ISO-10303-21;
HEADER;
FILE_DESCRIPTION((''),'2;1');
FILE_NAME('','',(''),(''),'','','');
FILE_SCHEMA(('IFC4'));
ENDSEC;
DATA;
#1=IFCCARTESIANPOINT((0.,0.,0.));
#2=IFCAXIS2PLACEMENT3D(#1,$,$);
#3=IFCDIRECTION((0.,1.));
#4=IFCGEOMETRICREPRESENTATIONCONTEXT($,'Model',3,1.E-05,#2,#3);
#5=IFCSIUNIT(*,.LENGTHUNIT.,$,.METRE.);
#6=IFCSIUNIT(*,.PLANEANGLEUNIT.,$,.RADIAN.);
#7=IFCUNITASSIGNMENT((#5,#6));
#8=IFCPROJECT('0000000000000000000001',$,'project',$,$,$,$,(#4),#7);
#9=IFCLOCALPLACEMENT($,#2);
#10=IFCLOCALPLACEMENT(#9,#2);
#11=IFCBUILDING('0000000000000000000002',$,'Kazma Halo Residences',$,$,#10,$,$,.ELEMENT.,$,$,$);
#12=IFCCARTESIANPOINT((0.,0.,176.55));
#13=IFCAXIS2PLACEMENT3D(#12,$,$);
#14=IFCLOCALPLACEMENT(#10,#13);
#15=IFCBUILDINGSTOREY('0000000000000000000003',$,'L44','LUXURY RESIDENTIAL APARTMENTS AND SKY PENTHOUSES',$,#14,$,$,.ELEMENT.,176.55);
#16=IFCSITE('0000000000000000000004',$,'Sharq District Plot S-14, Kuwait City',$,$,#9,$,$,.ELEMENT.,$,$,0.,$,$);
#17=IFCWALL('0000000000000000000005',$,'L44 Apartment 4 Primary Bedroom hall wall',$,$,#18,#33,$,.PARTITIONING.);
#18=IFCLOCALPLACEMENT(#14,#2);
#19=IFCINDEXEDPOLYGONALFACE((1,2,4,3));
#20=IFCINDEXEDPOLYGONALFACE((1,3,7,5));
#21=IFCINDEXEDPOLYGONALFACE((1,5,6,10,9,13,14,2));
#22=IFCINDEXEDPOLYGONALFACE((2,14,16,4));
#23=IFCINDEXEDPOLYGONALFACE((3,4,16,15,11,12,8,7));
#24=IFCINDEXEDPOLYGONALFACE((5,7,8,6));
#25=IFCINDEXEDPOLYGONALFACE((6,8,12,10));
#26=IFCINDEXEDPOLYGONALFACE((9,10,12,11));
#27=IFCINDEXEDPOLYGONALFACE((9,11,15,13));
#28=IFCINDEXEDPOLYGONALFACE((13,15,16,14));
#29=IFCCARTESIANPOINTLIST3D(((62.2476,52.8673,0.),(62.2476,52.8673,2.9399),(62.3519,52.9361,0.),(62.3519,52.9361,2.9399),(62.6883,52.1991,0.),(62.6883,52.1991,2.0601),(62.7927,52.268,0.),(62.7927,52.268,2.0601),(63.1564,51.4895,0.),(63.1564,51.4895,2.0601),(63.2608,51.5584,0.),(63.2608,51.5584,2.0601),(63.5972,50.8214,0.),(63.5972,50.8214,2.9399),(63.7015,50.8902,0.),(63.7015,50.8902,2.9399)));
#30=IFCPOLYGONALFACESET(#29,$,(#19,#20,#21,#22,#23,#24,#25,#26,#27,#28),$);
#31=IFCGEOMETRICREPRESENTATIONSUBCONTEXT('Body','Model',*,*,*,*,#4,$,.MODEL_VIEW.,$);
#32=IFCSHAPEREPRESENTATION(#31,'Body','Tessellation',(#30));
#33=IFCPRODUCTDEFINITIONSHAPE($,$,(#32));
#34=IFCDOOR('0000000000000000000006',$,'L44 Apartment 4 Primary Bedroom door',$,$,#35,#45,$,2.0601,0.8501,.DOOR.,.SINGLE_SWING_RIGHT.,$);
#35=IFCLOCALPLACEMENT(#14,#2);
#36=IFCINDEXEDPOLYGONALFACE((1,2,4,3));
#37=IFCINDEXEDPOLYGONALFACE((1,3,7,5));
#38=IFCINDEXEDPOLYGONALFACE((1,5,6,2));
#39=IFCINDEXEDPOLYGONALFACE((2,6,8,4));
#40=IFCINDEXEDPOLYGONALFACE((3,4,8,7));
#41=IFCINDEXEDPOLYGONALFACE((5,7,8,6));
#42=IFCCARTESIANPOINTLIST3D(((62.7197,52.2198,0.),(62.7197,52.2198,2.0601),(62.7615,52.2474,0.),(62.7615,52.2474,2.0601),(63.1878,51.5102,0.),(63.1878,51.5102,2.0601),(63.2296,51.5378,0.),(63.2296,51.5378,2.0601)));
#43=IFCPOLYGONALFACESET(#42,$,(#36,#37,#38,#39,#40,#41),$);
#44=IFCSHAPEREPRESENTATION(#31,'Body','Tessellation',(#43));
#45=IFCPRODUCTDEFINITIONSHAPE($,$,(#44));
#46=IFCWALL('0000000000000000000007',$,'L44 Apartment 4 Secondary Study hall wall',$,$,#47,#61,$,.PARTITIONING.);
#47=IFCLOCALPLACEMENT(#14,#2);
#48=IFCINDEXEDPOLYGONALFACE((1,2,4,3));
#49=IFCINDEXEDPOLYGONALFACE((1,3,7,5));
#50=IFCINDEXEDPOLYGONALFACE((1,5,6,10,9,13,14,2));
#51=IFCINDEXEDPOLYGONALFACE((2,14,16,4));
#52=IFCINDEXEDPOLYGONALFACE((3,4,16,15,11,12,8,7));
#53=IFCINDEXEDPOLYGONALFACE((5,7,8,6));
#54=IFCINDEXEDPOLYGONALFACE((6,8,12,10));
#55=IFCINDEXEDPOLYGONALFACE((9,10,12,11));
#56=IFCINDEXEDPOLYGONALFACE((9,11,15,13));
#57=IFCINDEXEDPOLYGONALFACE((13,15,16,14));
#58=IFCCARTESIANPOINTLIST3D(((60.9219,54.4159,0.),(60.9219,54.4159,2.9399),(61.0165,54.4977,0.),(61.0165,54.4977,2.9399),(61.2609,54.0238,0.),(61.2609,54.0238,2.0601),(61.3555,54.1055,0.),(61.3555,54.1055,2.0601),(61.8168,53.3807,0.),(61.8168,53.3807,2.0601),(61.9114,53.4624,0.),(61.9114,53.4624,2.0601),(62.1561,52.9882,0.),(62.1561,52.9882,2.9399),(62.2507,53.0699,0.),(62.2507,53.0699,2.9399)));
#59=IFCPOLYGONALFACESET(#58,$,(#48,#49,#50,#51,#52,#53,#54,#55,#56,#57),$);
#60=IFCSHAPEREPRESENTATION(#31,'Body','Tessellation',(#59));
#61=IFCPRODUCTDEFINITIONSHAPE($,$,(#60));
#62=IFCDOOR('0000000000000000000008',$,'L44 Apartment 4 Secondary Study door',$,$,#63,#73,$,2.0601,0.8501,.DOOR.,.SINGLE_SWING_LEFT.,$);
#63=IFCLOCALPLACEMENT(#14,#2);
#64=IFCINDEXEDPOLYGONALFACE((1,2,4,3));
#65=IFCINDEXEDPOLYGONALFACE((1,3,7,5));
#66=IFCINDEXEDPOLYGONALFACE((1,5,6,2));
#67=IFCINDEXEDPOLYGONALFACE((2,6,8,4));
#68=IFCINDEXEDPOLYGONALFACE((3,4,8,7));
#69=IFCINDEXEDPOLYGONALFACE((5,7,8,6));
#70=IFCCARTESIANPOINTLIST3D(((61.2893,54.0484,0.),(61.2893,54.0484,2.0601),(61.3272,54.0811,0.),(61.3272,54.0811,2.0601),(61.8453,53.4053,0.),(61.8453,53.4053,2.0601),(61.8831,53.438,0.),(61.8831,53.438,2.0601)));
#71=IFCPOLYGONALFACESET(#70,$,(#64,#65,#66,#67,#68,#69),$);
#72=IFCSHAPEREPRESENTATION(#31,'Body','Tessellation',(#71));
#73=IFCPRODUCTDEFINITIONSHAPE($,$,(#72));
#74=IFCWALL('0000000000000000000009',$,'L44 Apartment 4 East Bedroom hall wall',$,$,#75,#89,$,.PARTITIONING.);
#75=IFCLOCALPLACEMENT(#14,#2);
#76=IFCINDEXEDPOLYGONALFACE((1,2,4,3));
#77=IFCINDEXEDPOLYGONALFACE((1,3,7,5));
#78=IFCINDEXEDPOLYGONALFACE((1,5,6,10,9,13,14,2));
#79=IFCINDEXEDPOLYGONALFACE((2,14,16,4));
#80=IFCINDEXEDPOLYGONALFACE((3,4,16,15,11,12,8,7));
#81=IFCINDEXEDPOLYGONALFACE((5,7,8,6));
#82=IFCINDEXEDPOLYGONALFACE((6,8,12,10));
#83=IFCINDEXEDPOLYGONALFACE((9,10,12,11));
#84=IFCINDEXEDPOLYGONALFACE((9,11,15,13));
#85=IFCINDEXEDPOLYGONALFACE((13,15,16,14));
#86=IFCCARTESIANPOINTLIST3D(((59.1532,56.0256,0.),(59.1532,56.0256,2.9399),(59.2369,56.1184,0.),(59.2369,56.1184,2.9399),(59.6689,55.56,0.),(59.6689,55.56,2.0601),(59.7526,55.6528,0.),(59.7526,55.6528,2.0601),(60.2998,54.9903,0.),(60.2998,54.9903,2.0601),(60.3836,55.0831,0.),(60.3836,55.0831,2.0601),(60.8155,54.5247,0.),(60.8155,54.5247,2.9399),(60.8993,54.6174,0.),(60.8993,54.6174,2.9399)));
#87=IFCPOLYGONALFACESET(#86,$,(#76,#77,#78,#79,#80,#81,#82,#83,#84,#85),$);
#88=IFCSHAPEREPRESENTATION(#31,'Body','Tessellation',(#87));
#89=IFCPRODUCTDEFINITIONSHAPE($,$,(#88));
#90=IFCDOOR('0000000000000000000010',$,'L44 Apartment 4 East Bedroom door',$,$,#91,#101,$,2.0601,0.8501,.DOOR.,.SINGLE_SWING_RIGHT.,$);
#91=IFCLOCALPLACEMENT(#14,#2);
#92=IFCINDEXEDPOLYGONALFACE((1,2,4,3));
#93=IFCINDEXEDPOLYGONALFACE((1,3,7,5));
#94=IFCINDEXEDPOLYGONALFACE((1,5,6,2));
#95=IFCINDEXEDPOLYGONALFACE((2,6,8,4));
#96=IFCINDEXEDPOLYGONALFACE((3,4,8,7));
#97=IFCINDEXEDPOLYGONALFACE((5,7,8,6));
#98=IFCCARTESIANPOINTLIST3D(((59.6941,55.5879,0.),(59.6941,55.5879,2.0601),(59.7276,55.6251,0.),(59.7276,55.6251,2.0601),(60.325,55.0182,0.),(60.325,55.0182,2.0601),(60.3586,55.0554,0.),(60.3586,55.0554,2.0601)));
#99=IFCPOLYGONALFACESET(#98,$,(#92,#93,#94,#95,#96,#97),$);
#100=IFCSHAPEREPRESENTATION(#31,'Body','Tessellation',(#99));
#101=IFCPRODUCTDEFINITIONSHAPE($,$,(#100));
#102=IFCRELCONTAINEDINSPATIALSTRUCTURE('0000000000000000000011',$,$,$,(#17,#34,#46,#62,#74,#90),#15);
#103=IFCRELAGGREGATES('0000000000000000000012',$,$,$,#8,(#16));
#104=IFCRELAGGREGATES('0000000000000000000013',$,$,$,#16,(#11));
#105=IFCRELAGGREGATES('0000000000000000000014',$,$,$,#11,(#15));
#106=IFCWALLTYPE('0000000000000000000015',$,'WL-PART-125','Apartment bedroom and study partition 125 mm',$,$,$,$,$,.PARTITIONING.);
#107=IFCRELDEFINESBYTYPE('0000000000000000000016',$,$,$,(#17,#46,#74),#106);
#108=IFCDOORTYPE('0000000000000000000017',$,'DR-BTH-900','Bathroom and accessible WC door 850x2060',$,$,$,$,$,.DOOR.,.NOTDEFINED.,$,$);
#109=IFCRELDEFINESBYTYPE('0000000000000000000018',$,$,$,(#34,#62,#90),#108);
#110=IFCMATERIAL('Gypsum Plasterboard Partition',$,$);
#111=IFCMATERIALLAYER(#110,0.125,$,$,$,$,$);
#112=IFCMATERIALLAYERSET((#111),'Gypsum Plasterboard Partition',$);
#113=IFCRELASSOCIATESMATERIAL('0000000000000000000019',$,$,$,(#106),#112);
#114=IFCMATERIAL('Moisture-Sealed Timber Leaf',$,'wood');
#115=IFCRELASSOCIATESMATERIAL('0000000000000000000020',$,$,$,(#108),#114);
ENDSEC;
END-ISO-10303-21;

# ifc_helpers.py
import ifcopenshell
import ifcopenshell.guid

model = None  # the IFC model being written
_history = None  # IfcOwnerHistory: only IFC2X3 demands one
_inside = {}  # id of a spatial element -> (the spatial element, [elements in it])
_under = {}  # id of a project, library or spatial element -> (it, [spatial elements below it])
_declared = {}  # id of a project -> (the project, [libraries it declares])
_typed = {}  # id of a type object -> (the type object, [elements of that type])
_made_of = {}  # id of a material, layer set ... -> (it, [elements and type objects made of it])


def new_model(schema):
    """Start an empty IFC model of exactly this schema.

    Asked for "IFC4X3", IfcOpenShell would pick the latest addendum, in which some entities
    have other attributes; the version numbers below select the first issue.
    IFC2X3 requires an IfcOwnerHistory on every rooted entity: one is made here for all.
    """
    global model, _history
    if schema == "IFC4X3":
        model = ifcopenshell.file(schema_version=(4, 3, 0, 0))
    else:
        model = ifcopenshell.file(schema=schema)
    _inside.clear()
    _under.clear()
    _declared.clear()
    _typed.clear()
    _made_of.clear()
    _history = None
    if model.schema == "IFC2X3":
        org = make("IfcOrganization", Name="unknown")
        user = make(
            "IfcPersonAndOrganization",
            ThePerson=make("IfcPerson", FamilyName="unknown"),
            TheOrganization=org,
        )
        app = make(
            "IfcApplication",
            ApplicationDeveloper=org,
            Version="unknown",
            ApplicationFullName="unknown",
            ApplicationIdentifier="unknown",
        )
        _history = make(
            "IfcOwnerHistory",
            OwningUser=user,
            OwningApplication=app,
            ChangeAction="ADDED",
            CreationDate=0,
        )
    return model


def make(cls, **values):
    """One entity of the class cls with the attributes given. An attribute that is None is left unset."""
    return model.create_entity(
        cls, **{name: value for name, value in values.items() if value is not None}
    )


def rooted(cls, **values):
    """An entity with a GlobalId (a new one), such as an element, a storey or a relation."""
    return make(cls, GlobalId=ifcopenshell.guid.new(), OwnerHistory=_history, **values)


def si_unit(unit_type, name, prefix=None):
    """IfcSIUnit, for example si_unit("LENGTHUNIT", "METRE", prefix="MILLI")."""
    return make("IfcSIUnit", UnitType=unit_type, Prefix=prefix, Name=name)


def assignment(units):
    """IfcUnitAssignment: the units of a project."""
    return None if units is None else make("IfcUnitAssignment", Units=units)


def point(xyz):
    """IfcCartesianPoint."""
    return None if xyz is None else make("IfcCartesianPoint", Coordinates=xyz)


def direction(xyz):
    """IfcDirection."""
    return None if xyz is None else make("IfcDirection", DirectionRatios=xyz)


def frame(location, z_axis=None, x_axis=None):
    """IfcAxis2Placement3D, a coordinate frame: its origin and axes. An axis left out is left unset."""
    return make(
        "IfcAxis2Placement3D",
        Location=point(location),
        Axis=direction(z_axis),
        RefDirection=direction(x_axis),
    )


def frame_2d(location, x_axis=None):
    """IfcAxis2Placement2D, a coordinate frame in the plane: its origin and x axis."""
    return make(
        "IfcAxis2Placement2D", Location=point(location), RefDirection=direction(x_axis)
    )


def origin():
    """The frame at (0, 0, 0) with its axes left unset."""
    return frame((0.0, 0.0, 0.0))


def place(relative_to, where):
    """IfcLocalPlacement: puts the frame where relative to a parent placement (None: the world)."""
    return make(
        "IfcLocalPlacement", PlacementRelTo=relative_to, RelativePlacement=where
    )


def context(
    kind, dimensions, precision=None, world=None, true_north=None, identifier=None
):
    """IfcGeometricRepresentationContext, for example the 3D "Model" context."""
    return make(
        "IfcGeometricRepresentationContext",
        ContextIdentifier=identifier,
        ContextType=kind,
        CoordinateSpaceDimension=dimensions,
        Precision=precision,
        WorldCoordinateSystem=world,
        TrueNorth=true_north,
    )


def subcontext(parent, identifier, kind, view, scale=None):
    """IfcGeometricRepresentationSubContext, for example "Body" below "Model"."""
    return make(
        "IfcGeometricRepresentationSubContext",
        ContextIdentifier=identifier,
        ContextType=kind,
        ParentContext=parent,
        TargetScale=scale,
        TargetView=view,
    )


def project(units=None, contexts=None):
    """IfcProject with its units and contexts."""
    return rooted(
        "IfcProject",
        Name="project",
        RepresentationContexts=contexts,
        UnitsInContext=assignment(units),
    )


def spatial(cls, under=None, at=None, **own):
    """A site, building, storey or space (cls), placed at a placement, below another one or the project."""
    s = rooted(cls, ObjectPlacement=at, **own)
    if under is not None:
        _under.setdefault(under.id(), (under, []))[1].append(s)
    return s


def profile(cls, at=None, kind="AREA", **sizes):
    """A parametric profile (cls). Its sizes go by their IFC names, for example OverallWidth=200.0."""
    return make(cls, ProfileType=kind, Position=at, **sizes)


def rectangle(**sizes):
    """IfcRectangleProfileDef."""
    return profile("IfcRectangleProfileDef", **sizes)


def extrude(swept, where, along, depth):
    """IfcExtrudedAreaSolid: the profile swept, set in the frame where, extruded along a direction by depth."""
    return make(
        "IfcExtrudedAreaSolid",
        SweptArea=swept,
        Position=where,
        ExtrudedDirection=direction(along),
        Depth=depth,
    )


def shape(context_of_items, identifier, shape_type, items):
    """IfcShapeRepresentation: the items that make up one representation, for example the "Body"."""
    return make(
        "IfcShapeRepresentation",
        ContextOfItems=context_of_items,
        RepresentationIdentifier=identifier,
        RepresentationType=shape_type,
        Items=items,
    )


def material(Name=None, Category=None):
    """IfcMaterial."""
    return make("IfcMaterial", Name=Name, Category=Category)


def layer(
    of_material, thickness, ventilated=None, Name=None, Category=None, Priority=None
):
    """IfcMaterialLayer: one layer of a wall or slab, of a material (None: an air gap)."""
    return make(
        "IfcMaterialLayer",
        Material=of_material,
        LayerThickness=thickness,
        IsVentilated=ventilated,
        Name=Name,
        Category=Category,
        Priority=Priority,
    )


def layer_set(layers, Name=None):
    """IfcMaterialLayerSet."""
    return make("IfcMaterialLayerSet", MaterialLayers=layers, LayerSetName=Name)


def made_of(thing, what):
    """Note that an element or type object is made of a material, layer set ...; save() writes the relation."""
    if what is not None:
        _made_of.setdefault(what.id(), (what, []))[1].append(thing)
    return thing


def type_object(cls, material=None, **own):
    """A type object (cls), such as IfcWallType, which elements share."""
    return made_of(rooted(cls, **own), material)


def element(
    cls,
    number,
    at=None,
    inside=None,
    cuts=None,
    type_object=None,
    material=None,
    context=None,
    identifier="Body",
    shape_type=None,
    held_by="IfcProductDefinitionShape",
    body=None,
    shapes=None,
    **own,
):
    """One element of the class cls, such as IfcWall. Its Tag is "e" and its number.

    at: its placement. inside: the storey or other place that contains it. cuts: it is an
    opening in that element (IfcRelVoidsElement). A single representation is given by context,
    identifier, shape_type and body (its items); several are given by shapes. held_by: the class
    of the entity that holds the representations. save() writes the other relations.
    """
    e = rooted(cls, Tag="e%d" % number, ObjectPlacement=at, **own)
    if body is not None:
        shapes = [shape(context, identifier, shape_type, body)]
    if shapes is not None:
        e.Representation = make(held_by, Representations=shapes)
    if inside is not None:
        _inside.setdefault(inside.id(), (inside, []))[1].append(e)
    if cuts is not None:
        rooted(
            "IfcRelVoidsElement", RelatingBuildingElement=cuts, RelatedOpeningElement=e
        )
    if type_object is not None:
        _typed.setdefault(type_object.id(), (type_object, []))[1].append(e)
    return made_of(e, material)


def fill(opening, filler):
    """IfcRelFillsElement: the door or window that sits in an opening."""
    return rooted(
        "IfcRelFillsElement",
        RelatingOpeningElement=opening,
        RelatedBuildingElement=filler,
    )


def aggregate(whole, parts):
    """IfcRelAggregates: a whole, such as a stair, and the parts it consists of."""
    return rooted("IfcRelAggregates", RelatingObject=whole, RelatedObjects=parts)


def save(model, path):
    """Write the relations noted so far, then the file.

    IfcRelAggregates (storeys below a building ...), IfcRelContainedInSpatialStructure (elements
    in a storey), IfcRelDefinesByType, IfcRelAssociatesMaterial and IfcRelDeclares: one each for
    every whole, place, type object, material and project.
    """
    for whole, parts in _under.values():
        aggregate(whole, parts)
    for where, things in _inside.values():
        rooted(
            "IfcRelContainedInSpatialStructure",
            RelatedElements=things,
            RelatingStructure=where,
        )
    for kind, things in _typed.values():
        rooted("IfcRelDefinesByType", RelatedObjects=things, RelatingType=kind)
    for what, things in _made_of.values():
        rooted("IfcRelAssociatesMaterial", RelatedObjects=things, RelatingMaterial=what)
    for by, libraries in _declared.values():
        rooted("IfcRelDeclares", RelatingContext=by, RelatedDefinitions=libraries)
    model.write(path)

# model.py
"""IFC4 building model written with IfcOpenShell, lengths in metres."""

from ifc_helpers import new_model, si_unit, direction, frame, frame_2d, origin, place, context, subcontext, project, spatial, rectangle, extrude, material, layer, layer_set, type_object, element, fill, save


model = new_model("IFC4")

# Units and contexts
model_context = context("Model", 3, precision=1e-05, world=origin(), true_north=direction((0.0, 1.0)))
body_context = subcontext(model_context, "Body", "Model", "MODEL_VIEW")
ifc_project = project(units=[si_unit("LENGTHUNIT", "METRE"), si_unit("PLANEANGLEUNIT", "RADIAN")], contexts=[model_context])

# Site, building, storey
site_placement = place(None, origin())
site = spatial("IfcSite", under=ifc_project, at=site_placement, Name="Sharq District Plot S-14, Kuwait City", CompositionType="ELEMENT", RefElevation=0.0)
building_placement = place(site_placement, origin())
building = spatial("IfcBuilding", under=site, at=building_placement, Name="Kazma Halo Residences", CompositionType="ELEMENT")
storey_placement = place(building_placement, frame((0.0, 0.0, 176.55)))
storey = spatial("IfcBuildingStorey", under=building, at=storey_placement, Name="L44", Description="LUXURY RESIDENTIAL APARTMENTS AND SKY PENTHOUSES", CompositionType="ELEMENT", Elevation=176.55)

# Shared definitions
ifc_material_1 = material(Name="Gypsum Plasterboard Partition")
ifc_layer_1 = layer(ifc_material_1, 0.125)
ifc_layer_set_1 = layer_set([ifc_layer_1], Name="Gypsum Plasterboard Partition")
wall_type_1 = type_object("IfcWallType", Name="WL-PART-125", Description="Apartment bedroom and study partition 125 mm", PredefinedType="PARTITIONING", material=ifc_layer_set_1)

# Shared definitions
ifc_material_2 = material(Name="Moisture-Sealed Timber Leaf", Category="wood")
door_type = type_object("IfcDoorType", Name="DR-BTH-900", Description="Bathroom and accessible WC door 850x2060", OperationType="NOTDEFINED", PredefinedType="DOOR", material=ifc_material_2)

# Walls, openings, doors
wall_1_placement = place(storey_placement, frame((63.6494, 50.8557, 0.0), z_axis=(0.0, 0.0, 1.0), x_axis=(-0.550648, 0.834738, 0.0)))
wall_1 = element("IfcWall", 1, at=wall_1_placement, inside=storey, type_object=wall_type_1, Name="L44 Apartment 4 Primary Bedroom hall wall", PredefinedType="PARTITIONING", context=body_context, shape_type="SweptSolid", body=[
    extrude(rectangle(XDim=2.4509, YDim=0.125, at=frame_2d((1.2256, 0.0))), origin(), (0.0, 0.0, 1.0), 2.9399),
])
opening_1_placement = place(wall_1_placement, frame((0.8005, 0.0, 0.0)))
opening_1 = element("IfcOpeningElement", 2, at=opening_1_placement, cuts=wall_1, PredefinedType="OPENING", context=body_context, shape_type="SweptSolid", body=[
    extrude(rectangle(XDim=0.8501, YDim=2.0601, at=frame_2d((0.425, 1.03))), frame((0.0, 0.0725, 0.0), z_axis=(0.0, -1.0, 0.0), x_axis=(1.0, 0.0, 0.0)), (0.0, 0.0, 1.0), 0.145),
])
door_1_placement = place(opening_1_placement, origin())
door_1 = element("IfcDoor", 3, at=door_1_placement, inside=storey, type_object=door_type, Name="L44 Apartment 4 Primary Bedroom door", OperationType="SINGLE_SWING_RIGHT", OverallHeight=2.0601, OverallWidth=0.8501, PredefinedType="DOOR", context=body_context, shape_type="SweptSolid", body=[
    extrude(rectangle(XDim=0.8501, YDim=2.0601, at=frame_2d((0.425, 1.03))), frame((0.0, 0.0249, 0.0), z_axis=(0.0, -1.0, 0.0), x_axis=(1.0, 0.0, 0.0)), (0.0, 0.0, 1.0), 0.05),
])
fill(opening_1, door_1)
wall_2_placement = place(storey_placement, frame((62.2034, 53.0291, 0.0), z_axis=(0.0, 0.0, 1.0), x_axis=(-0.65395, 0.756538, 0.0)))
wall_2 = element("IfcWall", 4, at=wall_2_placement, inside=storey, type_object=wall_type_1, Name="L44 Apartment 4 Secondary Study hall wall", PredefinedType="PARTITIONING", context=body_context, shape_type="SweptSolid", body=[
    extrude(rectangle(XDim=1.8872, YDim=0.125, at=frame_2d((0.9436, 0.0))), origin(), (0.0, 0.0, 1.0), 2.9399),
])
opening_2_placement = place(wall_2_placement, frame((0.5188, 0.0, 0.0)))
opening_2 = element("IfcOpeningElement", 5, at=opening_2_placement, cuts=wall_2, PredefinedType="OPENING", context=body_context, shape_type="SweptSolid", body=[
    extrude(rectangle(XDim=0.8501, YDim=2.0601, at=frame_2d((0.425, 1.03))), frame((0.0, 0.0725, 0.0), z_axis=(0.0, -1.0, 0.0), x_axis=(1.0, 0.0, 0.0)), (0.0, 0.0, 1.0), 0.145),
])
door_2_placement = place(opening_2_placement, origin())
door_2 = element("IfcDoor", 6, at=door_2_placement, inside=storey, type_object=door_type, Name="L44 Apartment 4 Secondary Study door", OperationType="SINGLE_SWING_LEFT", OverallHeight=2.0601, OverallWidth=0.8501, PredefinedType="DOOR", context=body_context, shape_type="SweptSolid", body=[
    extrude(rectangle(XDim=0.8501, YDim=2.0601, at=frame_2d((0.425, 1.03))), frame((0.0, 0.0249, 0.0), z_axis=(0.0, -1.0, 0.0), x_axis=(1.0, 0.0, 0.0)), (0.0, 0.0, 1.0), 0.05),
])
fill(opening_2, door_2)
wall_3_placement = place(storey_placement, frame((60.8574, 54.571, 0.0), z_axis=(0.0, 0.0, 1.0), x_axis=(-0.742215, 0.670162, 0.0)))
wall_3 = element("IfcWall", 7, at=wall_3_placement, inside=storey, type_object=wall_type_1, Name="L44 Apartment 4 East Bedroom hall wall", PredefinedType="PARTITIONING", context=body_context, shape_type="SweptSolid", body=[
    extrude(rectangle(XDim=2.2397, YDim=0.125, at=frame_2d((1.1199, 0.0))), origin(), (0.0, 0.0, 1.0), 2.9399),
])
opening_3_placement = place(wall_3_placement, frame((0.6948, 0.0, 0.0)))
opening_3 = element("IfcOpeningElement", 8, at=opening_3_placement, cuts=wall_3, PredefinedType="OPENING", context=body_context, shape_type="SweptSolid", body=[
    extrude(rectangle(XDim=0.8501, YDim=2.0601, at=frame_2d((0.425, 1.03))), frame((0.0, 0.0725, 0.0), z_axis=(0.0, -1.0, 0.0), x_axis=(1.0, 0.0, 0.0)), (0.0, 0.0, 1.0), 0.145),
])
door_3_placement = place(opening_3_placement, origin())
door_3 = element("IfcDoor", 9, at=door_3_placement, inside=storey, type_object=door_type, Name="L44 Apartment 4 East Bedroom door", OperationType="SINGLE_SWING_RIGHT", OverallHeight=2.0601, OverallWidth=0.8501, PredefinedType="DOOR", context=body_context, shape_type="SweptSolid", body=[
    extrude(rectangle(XDim=0.8501, YDim=2.0601, at=frame_2d((0.425, 1.03))), frame((0.0, 0.0249, 0.0), z_axis=(0.0, -1.0, 0.0), x_axis=(1.0, 0.0, 0.0)), (0.0, 0.0, 1.0), 0.05),
])
fill(opening_3, door_3)

save(model, "model.ifc")
